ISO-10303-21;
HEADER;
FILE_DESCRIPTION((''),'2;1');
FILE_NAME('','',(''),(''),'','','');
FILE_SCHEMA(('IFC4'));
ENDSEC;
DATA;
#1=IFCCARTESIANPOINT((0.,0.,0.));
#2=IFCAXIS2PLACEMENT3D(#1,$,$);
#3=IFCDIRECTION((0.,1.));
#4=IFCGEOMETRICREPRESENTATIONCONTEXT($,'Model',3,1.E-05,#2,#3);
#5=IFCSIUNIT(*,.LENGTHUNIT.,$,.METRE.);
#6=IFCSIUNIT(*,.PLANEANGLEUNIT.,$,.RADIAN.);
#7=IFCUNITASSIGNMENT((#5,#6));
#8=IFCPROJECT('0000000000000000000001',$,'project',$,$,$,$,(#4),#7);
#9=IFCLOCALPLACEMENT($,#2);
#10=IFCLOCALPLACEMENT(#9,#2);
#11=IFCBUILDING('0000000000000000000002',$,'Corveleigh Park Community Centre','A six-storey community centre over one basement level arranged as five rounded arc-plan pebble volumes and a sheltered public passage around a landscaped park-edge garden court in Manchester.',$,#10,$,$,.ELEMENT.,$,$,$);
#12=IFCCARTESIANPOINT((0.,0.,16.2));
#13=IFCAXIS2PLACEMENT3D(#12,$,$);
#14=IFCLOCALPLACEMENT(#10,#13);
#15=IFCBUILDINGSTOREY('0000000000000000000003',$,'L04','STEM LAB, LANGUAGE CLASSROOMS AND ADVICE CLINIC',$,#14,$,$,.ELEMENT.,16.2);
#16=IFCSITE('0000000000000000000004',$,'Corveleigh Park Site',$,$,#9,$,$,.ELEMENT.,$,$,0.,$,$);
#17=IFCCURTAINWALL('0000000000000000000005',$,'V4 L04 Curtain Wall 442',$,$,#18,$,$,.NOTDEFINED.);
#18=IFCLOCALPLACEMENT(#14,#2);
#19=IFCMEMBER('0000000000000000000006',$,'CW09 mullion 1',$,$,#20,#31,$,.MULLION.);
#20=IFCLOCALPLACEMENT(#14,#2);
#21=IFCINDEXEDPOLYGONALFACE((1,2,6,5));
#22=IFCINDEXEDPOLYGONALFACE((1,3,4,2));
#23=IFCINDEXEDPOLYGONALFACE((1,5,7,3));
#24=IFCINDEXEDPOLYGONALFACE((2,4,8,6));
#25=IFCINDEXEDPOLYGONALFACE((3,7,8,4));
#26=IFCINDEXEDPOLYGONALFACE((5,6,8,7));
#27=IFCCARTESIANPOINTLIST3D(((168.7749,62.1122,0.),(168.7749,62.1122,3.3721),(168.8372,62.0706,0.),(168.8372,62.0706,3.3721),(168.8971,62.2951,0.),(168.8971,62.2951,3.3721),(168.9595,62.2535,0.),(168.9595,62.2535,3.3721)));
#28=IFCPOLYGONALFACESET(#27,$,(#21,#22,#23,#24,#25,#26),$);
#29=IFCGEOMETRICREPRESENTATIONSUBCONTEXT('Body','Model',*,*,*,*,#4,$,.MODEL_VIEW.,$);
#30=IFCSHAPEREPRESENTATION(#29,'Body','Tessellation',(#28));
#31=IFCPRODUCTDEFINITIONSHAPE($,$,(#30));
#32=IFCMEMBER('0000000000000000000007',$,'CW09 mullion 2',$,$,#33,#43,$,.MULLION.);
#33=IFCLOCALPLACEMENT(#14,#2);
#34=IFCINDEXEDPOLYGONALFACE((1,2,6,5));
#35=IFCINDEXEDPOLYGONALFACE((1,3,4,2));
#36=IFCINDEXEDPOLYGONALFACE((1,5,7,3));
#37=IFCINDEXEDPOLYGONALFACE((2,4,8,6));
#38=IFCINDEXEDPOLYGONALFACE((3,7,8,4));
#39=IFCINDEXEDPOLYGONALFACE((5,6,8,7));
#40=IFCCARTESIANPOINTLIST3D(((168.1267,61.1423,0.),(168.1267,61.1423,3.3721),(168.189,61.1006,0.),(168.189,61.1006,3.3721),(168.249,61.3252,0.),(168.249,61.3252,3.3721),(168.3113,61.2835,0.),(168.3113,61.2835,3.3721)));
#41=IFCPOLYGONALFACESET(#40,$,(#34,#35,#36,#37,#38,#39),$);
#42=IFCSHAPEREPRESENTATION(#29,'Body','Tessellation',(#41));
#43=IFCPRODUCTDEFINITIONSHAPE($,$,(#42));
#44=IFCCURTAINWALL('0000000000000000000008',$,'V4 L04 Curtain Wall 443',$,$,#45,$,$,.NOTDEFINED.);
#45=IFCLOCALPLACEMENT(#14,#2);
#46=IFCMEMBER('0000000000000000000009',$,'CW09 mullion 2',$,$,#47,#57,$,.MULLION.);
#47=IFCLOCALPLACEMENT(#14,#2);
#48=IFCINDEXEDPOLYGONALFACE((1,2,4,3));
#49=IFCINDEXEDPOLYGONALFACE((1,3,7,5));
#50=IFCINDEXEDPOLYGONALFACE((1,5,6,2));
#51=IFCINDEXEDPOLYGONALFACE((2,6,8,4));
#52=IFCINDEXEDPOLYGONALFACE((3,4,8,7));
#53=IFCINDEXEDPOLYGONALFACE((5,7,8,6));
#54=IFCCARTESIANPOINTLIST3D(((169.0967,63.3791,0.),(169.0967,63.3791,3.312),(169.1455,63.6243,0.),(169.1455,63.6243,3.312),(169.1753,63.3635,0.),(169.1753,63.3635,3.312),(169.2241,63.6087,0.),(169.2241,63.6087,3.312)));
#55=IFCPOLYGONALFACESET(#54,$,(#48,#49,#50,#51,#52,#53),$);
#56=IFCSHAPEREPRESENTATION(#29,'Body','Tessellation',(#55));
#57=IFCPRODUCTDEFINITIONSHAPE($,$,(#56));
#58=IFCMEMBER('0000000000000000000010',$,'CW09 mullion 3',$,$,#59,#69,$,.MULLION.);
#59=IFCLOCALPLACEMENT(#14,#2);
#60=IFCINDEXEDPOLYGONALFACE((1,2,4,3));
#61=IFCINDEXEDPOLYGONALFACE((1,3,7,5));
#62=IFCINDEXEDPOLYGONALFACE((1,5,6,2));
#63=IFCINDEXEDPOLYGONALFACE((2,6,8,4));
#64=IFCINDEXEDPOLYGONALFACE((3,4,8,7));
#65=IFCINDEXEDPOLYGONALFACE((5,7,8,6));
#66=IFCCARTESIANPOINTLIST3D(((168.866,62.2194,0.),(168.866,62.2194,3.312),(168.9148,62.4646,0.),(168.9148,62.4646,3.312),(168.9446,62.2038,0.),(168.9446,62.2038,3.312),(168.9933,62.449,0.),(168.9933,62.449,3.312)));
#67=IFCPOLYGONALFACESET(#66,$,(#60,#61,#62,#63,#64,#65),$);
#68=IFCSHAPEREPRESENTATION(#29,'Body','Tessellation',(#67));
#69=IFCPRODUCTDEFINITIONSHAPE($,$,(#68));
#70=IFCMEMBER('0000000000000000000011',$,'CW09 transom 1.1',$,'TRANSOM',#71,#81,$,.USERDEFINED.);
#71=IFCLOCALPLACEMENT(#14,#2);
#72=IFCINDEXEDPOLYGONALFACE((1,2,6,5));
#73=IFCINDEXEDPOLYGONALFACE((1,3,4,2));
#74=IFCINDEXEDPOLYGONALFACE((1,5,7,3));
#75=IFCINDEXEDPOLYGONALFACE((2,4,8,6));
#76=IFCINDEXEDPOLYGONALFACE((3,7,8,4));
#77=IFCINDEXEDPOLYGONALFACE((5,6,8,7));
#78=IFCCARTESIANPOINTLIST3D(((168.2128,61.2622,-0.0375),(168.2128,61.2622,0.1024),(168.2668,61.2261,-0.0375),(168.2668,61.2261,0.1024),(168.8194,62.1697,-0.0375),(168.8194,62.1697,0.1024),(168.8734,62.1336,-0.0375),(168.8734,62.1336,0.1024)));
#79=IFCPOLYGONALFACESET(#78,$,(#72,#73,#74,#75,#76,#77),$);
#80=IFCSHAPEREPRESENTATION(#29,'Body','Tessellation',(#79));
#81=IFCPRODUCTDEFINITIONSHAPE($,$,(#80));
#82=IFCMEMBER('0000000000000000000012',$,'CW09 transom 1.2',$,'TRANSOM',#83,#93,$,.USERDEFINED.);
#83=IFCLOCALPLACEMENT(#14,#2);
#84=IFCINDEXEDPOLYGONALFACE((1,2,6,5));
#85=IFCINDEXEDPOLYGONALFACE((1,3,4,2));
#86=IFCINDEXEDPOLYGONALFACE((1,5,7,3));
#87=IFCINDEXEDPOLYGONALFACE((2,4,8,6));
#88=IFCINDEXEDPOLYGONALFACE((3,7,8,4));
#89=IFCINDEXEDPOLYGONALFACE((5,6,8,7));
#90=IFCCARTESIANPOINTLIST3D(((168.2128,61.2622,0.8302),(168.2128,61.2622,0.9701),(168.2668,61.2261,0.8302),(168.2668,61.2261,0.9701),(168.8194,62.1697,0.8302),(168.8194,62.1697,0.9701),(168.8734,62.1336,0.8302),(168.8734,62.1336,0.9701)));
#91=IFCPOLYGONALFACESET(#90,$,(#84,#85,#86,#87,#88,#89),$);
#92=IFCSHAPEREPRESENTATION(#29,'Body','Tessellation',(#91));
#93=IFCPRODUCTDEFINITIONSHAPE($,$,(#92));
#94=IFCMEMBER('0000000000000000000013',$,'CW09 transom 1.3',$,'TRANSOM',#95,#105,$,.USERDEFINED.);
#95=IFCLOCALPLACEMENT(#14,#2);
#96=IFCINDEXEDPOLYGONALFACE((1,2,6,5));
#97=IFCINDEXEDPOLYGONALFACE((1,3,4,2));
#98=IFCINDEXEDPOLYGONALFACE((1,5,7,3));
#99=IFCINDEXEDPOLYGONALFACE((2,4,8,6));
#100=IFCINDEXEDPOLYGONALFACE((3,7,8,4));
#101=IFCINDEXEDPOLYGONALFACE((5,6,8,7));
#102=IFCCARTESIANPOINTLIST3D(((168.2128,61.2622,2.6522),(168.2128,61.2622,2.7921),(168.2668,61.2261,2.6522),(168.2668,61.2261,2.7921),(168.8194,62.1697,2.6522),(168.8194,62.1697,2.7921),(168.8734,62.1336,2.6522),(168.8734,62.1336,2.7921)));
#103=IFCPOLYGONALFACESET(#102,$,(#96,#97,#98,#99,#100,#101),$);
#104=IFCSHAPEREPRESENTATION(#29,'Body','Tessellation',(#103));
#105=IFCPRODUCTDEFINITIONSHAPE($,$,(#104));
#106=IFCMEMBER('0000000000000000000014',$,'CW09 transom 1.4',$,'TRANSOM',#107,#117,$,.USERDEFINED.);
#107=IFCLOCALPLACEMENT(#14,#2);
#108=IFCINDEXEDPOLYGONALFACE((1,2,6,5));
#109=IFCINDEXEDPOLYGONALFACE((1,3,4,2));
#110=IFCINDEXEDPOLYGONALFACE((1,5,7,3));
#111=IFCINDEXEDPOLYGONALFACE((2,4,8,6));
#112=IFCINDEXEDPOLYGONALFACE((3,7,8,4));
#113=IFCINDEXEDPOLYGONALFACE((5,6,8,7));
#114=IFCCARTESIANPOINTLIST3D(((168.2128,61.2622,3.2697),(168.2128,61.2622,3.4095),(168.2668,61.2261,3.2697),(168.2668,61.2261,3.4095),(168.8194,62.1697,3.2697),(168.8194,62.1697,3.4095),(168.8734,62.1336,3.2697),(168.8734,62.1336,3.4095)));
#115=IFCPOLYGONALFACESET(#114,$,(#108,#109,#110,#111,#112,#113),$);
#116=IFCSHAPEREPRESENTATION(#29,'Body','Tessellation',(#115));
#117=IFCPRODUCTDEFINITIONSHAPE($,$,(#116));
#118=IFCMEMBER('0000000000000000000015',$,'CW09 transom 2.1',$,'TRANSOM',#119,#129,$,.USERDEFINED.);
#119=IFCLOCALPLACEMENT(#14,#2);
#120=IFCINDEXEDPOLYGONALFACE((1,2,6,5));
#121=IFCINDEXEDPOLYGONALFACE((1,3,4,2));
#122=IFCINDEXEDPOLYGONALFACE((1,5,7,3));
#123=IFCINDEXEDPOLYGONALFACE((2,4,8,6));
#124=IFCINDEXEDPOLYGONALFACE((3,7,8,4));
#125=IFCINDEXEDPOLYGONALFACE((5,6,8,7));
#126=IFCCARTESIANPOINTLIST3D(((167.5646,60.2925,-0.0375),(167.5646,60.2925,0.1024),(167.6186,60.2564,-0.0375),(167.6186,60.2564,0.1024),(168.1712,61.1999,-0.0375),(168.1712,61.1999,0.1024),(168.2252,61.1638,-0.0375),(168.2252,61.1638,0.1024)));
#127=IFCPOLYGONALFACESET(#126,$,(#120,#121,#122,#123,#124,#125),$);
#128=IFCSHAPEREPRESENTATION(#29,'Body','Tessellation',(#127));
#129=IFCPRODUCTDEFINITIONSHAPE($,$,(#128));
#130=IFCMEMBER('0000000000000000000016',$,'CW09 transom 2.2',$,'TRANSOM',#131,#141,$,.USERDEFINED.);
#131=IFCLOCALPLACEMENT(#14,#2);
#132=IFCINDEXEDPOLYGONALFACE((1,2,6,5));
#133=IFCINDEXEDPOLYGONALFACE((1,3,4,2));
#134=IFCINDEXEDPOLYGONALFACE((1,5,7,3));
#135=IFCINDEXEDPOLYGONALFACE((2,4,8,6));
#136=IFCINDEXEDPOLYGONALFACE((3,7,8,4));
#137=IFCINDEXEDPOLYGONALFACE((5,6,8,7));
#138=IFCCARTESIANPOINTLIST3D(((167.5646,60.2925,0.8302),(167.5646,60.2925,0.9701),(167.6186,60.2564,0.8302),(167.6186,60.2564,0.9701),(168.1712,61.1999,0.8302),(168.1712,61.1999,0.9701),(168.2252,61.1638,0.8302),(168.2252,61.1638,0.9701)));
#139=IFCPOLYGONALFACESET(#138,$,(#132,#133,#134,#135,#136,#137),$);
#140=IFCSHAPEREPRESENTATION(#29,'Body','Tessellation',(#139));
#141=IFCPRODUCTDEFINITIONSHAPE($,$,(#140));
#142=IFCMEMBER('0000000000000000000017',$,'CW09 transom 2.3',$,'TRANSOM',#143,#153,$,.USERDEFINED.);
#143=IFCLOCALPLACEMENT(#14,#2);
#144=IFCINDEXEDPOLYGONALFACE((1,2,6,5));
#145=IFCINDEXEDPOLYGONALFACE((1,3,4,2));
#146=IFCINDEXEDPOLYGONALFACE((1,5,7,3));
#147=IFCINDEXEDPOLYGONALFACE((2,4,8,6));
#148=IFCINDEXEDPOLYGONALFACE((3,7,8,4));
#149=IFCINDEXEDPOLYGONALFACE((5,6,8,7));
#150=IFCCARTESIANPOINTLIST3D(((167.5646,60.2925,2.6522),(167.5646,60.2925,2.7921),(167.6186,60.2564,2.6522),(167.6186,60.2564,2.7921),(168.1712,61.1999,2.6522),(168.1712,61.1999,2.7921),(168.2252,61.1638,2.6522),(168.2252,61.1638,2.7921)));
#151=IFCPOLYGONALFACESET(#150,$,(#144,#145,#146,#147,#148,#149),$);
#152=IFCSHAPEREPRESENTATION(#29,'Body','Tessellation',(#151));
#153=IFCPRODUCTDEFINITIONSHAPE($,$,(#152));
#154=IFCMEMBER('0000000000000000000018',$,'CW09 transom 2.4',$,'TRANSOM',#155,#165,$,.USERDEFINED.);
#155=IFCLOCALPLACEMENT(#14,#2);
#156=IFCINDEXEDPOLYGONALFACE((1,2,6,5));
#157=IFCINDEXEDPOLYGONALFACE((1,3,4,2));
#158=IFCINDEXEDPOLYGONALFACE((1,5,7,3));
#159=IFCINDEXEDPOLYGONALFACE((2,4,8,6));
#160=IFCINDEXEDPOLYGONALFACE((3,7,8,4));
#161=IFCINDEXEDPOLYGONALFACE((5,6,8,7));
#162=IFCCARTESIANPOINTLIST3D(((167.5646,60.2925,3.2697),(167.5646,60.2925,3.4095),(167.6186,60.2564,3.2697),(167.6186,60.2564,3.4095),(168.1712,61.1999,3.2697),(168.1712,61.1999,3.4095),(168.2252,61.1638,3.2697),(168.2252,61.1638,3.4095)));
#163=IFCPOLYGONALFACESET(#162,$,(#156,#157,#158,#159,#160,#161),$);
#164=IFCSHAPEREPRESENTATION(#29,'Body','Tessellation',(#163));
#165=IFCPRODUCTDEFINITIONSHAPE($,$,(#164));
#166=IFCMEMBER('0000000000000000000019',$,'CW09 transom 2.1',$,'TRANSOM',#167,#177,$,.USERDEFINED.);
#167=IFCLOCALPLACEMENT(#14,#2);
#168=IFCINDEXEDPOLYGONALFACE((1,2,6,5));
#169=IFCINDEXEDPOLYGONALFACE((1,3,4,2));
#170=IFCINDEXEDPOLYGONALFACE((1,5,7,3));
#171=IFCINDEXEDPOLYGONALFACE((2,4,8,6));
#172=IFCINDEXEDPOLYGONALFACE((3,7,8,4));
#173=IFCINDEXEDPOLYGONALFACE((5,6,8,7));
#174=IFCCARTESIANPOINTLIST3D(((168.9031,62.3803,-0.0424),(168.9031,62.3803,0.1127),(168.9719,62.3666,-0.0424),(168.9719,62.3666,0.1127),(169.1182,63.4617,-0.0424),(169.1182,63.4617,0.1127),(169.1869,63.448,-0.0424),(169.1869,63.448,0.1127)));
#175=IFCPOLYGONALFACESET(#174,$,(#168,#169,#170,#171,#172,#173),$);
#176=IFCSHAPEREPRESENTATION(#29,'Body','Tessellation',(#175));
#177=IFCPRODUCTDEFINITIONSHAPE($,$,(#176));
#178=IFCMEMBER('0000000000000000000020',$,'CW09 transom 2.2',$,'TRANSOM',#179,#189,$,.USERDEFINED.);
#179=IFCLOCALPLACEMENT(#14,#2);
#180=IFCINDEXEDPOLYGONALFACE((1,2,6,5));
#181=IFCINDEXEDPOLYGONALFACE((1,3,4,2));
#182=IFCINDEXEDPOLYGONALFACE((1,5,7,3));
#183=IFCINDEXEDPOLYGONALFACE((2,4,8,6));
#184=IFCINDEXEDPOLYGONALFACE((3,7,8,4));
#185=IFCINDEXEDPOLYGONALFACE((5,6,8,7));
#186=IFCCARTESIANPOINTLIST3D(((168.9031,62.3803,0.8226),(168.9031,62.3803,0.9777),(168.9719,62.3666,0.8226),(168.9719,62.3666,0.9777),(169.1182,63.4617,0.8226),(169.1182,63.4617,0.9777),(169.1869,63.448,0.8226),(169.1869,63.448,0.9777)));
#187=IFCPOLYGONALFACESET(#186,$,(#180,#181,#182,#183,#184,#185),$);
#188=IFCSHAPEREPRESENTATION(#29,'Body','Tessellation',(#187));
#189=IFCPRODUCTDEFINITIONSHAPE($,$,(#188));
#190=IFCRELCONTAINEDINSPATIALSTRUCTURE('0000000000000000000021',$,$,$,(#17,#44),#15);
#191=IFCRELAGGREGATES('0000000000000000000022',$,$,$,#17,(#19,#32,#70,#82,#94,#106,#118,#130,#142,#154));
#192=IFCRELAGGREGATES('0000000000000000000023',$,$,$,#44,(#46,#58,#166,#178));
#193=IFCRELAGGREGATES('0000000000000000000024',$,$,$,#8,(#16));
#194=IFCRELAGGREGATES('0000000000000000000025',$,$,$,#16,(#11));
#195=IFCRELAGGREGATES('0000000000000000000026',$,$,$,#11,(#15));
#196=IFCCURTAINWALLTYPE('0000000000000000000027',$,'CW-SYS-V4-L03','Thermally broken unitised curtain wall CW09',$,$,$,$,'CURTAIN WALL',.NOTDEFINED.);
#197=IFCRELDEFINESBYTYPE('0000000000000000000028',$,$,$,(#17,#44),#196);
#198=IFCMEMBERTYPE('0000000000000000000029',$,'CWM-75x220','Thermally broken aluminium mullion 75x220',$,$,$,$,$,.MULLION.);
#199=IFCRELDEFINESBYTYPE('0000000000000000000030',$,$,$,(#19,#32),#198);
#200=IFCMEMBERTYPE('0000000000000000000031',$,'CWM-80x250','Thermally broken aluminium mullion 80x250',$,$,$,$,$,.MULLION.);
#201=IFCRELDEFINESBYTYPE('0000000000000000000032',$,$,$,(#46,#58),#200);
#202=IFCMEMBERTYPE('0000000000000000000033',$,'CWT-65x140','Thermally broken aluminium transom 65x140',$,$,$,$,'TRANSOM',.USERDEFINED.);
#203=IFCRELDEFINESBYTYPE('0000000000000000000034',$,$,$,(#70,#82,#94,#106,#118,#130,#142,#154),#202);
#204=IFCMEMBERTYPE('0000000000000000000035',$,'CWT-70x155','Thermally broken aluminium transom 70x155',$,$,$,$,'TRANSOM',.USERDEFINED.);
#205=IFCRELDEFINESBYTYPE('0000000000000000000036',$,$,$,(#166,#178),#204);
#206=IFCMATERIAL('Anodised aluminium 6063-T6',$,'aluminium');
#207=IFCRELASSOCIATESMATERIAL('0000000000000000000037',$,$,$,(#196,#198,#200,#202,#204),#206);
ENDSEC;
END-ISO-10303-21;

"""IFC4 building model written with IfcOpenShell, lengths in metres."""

from ifc_helpers import new_model, si_unit, direction, frame, origin, origin_2d, place, context, subcontext, project, spatial, rectangle, extrude, material, material_profile, profile_set, type_object, element, aggregate, save


model = new_model("IFC4")

# Units and contexts
model_context = context("Model", 3, precision=1e-05, world=origin(), true_north=direction((0.0, 1.0)))
body_context = subcontext(model_context, "Body", "Model", "MODEL_VIEW")
ifc_project = project(units=[si_unit("LENGTHUNIT", "METRE"), si_unit("PLANEANGLEUNIT", "RADIAN")], contexts=[model_context])

# Site, building, storey
site_placement = place(None, origin())
site = spatial("IfcSite", under=ifc_project, at=site_placement, Name="Corveleigh Park Site", CompositionType="ELEMENT", RefElevation=0.0)
building_placement = place(site_placement, origin())
building = spatial("IfcBuilding", under=site, at=building_placement, Name="Corveleigh Park Community Centre", Description="A six-storey community centre over one basement level arranged as five rounded arc-plan pebble volumes and a sheltered public passage around a landscaped park-edge garden court in Manchester.", CompositionType="ELEMENT")
storey_placement = place(building_placement, frame((0.0, 0.0, 16.2)))
storey = spatial("IfcBuildingStorey", under=building, at=storey_placement, Name="L04", Description="STEM LAB, LANGUAGE CLASSROOMS AND ADVICE CLINIC", CompositionType="ELEMENT", Elevation=16.2)

# Curtain walls, members
ifc_material_1 = material(Name="Anodised aluminium 6063-T6", Category="aluminium")
curtain_wall_type = type_object("IfcCurtainWallType", Name="CW-SYS-V4-L03", Description="Thermally broken unitised curtain wall CW09", ElementType="CURTAIN WALL", PredefinedType="NOTDEFINED", material=ifc_material_1)
curtain_wall_1_placement = place(storey_placement, origin())
curtain_wall_1 = element("IfcCurtainWall", 1, at=curtain_wall_1_placement, inside=storey, type_object=curtain_wall_type, Name="V4 L04 Curtain Wall 442", PredefinedType="NOTDEFINED")
ifc_material_profile_1 = material_profile(ifc_material_1, rectangle(XDim=0.075, YDim=0.22, at=origin_2d()), Name="ALU-M75x220", Category="aluminium")
ifc_profile_set_1 = profile_set([ifc_material_profile_1], Name="Anodised aluminium 6063-T6")
member_type_1 = type_object("IfcMemberType", Name="CWM-75x220", Description="Thermally broken aluminium mullion 75x220", PredefinedType="MULLION", material=ifc_profile_set_1)
member_1_placement = place(storey_placement, frame((168.8672, 62.1829, 0.0), z_axis=(0.0, 0.0, 1.0), x_axis=(0.831411, -0.555658, 0.0)))
member_1 = element("IfcMember", 2, at=member_1_placement, type_object=member_type_1, Name="CW09 mullion 1", PredefinedType="MULLION", context=body_context, shape_type="SweptSolid", body=[
    extrude(rectangle(XDim=0.075, YDim=0.22, at=origin_2d()), origin(), (0.0, 0.0, 1.0), 3.3721),
])
member_2_placement = place(storey_placement, frame((168.219, 61.2129, 0.0), z_axis=(0.0, 0.0, 1.0), x_axis=(0.831411, -0.555658, 0.0)))
member_2 = element("IfcMember", 3, at=member_2_placement, type_object=member_type_1, Name="CW09 mullion 2", PredefinedType="MULLION", context=body_context, shape_type="SweptSolid", body=[
    extrude(rectangle(XDim=0.075, YDim=0.22, at=origin_2d()), origin(), (0.0, 0.0, 1.0), 3.3721),
])
curtain_wall_2_placement = place(storey_placement, origin())
curtain_wall_2 = element("IfcCurtainWall", 4, at=curtain_wall_2_placement, inside=storey, type_object=curtain_wall_type, Name="V4 L04 Curtain Wall 443", PredefinedType="NOTDEFINED")
ifc_material_profile_2 = material_profile(ifc_material_1, rectangle(XDim=0.0801, YDim=0.25, at=origin_2d()), Name="ALU-M80x250", Category="aluminium")
ifc_profile_set_2 = profile_set([ifc_material_profile_2], Name="Anodised aluminium 6063-T6")
member_type_2 = type_object("IfcMemberType", Name="CWM-80x250", Description="Thermally broken aluminium mullion 80x250", PredefinedType="MULLION", material=ifc_profile_set_2)
member_3_placement = place(storey_placement, frame((169.1604, 63.4939, 0.0), z_axis=(0.0, 0.0, 1.0), x_axis=(0.980785, -0.195094, 0.0)))
member_3 = element("IfcMember", 5, at=member_3_placement, type_object=member_type_2, Name="CW09 mullion 2", PredefinedType="MULLION", context=body_context, shape_type="SweptSolid", body=[
    extrude(rectangle(XDim=0.0801, YDim=0.25, at=origin_2d()), origin(), (0.0, 0.0, 1.0), 3.312),
])
member_4_placement = place(storey_placement, frame((168.9297, 62.3342, 0.0), z_axis=(0.0, 0.0, 1.0), x_axis=(0.980785, -0.195094, 0.0)))
member_4 = element("IfcMember", 6, at=member_4_placement, type_object=member_type_2, Name="CW09 mullion 3", PredefinedType="MULLION", context=body_context, shape_type="SweptSolid", body=[
    extrude(rectangle(XDim=0.0801, YDim=0.25, at=origin_2d()), origin(), (0.0, 0.0, 1.0), 3.312),
])

# Members
ifc_material_profile_3 = material_profile(ifc_material_1, rectangle(XDim=0.0649, YDim=0.1399, at=origin_2d()), Name="ALU-T65x140", Category="aluminium")
ifc_profile_set_3 = profile_set([ifc_material_profile_3], Name="Anodised aluminium 6063-T6")
member_type_3 = type_object("IfcMemberType", Name="CWT-65x140", Description="Thermally broken aluminium transom 65x140", ElementType="TRANSOM", PredefinedType="USERDEFINED", material=ifc_profile_set_3)
member_5_placement = place(storey_placement, frame((168.8464, 62.1516, 0.0325), z_axis=(-0.555784, -0.831327, 0.0), x_axis=(0.831327, -0.555784, 0.0)))
member_5 = element("IfcMember", 7, at=member_5_placement, type_object=member_type_3, Name="CW09 transom 1.1", ObjectType="TRANSOM", PredefinedType="USERDEFINED", context=body_context, shape_type="SweptSolid", body=[
    extrude(rectangle(XDim=0.0649, YDim=0.1399, at=origin_2d()), origin(), (0.0, 0.0, 1.0), 1.0916),
])
member_6_placement = place(storey_placement, frame((168.8464, 62.1516, 0.9001), z_axis=(-0.555784, -0.831327, 0.0), x_axis=(0.831327, -0.555784, 0.0)))
member_6 = element("IfcMember", 8, at=member_6_placement, type_object=member_type_3, Name="CW09 transom 1.2", ObjectType="TRANSOM", PredefinedType="USERDEFINED", context=body_context, shape_type="SweptSolid", body=[
    extrude(rectangle(XDim=0.0649, YDim=0.1399, at=origin_2d()), origin(), (0.0, 0.0, 1.0), 1.0916),
])
member_7_placement = place(storey_placement, frame((168.8464, 62.1516, 2.7222), z_axis=(-0.555784, -0.831327, 0.0), x_axis=(0.831327, -0.555784, 0.0)))
member_7 = element("IfcMember", 9, at=member_7_placement, type_object=member_type_3, Name="CW09 transom 1.3", ObjectType="TRANSOM", PredefinedType="USERDEFINED", context=body_context, shape_type="SweptSolid", body=[
    extrude(rectangle(XDim=0.0649, YDim=0.1399, at=origin_2d()), origin(), (0.0, 0.0, 1.0), 1.0916),
])
member_8_placement = place(storey_placement, frame((168.8464, 62.1516, 3.3396), z_axis=(-0.555784, -0.831327, 0.0), x_axis=(0.831327, -0.555784, 0.0)))
member_8 = element("IfcMember", 10, at=member_8_placement, type_object=member_type_3, Name="CW09 transom 1.4", ObjectType="TRANSOM", PredefinedType="USERDEFINED", context=body_context, shape_type="SweptSolid", body=[
    extrude(rectangle(XDim=0.0649, YDim=0.1399, at=origin_2d()), origin(), (0.0, 0.0, 1.0), 1.0916),
])
member_9_placement = place(storey_placement, frame((168.1982, 61.1819, 0.0325), z_axis=(-0.555784, -0.831327, 0.0), x_axis=(0.831327, -0.555784, 0.0)))
member_9 = element("IfcMember", 11, at=member_9_placement, type_object=member_type_3, Name="CW09 transom 2.1", ObjectType="TRANSOM", PredefinedType="USERDEFINED", context=body_context, shape_type="SweptSolid", body=[
    extrude(rectangle(XDim=0.0649, YDim=0.1399, at=origin_2d()), origin(), (0.0, 0.0, 1.0), 1.0916),
])
member_10_placement = place(storey_placement, frame((168.1982, 61.1819, 0.9001), z_axis=(-0.555784, -0.831327, 0.0), x_axis=(0.831327, -0.555784, 0.0)))
member_10 = element("IfcMember", 12, at=member_10_placement, type_object=member_type_3, Name="CW09 transom 2.2", ObjectType="TRANSOM", PredefinedType="USERDEFINED", context=body_context, shape_type="SweptSolid", body=[
    extrude(rectangle(XDim=0.0649, YDim=0.1399, at=origin_2d()), origin(), (0.0, 0.0, 1.0), 1.0916),
])
member_11_placement = place(storey_placement, frame((168.1982, 61.1819, 2.7222), z_axis=(-0.555784, -0.831327, 0.0), x_axis=(0.831327, -0.555784, 0.0)))
member_11 = element("IfcMember", 13, at=member_11_placement, type_object=member_type_3, Name="CW09 transom 2.3", ObjectType="TRANSOM", PredefinedType="USERDEFINED", context=body_context, shape_type="SweptSolid", body=[
    extrude(rectangle(XDim=0.0649, YDim=0.1399, at=origin_2d()), origin(), (0.0, 0.0, 1.0), 1.0916),
])
member_12_placement = place(storey_placement, frame((168.1982, 61.1819, 3.3396), z_axis=(-0.555784, -0.831327, 0.0), x_axis=(0.831327, -0.555784, 0.0)))
member_12 = element("IfcMember", 14, at=member_12_placement, type_object=member_type_3, Name="CW09 transom 2.4", ObjectType="TRANSOM", PredefinedType="USERDEFINED", context=body_context, shape_type="SweptSolid", body=[
    extrude(rectangle(XDim=0.0649, YDim=0.1399, at=origin_2d()), origin(), (0.0, 0.0, 1.0), 1.0916),
])
ifc_material_profile_4 = material_profile(ifc_material_1, rectangle(XDim=0.0701, YDim=0.155, at=origin_2d()), Name="ALU-T70x155", Category="aluminium")
ifc_profile_set_4 = profile_set([ifc_material_profile_4], Name="Anodised aluminium 6063-T6")
member_type_4 = type_object("IfcMemberType", Name="CWT-70x155", Description="Thermally broken aluminium transom 70x155", ElementType="TRANSOM", PredefinedType="USERDEFINED", material=ifc_profile_set_4)
member_13_placement = place(storey_placement, frame((169.1526, 63.4548, 0.0352), z_axis=(-0.195094, -0.980785, 0.0), x_axis=(0.980785, -0.195094, 0.0)))
member_13 = element("IfcMember", 15, at=member_13_placement, type_object=member_type_4, Name="CW09 transom 2.1", ObjectType="TRANSOM", PredefinedType="USERDEFINED", context=body_context, shape_type="SweptSolid", body=[
    extrude(rectangle(XDim=0.0701, YDim=0.155, at=origin_2d()), origin(), (0.0, 0.0, 1.0), 1.1025),
])
member_14_placement = place(storey_placement, frame((169.1526, 63.4548, 0.9001), z_axis=(-0.195094, -0.980785, 0.0), x_axis=(0.980785, -0.195094, 0.0)))
member_14 = element("IfcMember", 16, at=member_14_placement, type_object=member_type_4, Name="CW09 transom 2.2", ObjectType="TRANSOM", PredefinedType="USERDEFINED", context=body_context, shape_type="SweptSolid", body=[
    extrude(rectangle(XDim=0.0701, YDim=0.155, at=origin_2d()), origin(), (0.0, 0.0, 1.0), 1.1025),
])

aggregate(curtain_wall_1, [member_1, member_2, member_5, member_6, member_7, member_8, member_9, member_10, member_11, member_12])
aggregate(curtain_wall_2, [member_3, member_4, member_13, member_14])

save(model, "model.ifc")
